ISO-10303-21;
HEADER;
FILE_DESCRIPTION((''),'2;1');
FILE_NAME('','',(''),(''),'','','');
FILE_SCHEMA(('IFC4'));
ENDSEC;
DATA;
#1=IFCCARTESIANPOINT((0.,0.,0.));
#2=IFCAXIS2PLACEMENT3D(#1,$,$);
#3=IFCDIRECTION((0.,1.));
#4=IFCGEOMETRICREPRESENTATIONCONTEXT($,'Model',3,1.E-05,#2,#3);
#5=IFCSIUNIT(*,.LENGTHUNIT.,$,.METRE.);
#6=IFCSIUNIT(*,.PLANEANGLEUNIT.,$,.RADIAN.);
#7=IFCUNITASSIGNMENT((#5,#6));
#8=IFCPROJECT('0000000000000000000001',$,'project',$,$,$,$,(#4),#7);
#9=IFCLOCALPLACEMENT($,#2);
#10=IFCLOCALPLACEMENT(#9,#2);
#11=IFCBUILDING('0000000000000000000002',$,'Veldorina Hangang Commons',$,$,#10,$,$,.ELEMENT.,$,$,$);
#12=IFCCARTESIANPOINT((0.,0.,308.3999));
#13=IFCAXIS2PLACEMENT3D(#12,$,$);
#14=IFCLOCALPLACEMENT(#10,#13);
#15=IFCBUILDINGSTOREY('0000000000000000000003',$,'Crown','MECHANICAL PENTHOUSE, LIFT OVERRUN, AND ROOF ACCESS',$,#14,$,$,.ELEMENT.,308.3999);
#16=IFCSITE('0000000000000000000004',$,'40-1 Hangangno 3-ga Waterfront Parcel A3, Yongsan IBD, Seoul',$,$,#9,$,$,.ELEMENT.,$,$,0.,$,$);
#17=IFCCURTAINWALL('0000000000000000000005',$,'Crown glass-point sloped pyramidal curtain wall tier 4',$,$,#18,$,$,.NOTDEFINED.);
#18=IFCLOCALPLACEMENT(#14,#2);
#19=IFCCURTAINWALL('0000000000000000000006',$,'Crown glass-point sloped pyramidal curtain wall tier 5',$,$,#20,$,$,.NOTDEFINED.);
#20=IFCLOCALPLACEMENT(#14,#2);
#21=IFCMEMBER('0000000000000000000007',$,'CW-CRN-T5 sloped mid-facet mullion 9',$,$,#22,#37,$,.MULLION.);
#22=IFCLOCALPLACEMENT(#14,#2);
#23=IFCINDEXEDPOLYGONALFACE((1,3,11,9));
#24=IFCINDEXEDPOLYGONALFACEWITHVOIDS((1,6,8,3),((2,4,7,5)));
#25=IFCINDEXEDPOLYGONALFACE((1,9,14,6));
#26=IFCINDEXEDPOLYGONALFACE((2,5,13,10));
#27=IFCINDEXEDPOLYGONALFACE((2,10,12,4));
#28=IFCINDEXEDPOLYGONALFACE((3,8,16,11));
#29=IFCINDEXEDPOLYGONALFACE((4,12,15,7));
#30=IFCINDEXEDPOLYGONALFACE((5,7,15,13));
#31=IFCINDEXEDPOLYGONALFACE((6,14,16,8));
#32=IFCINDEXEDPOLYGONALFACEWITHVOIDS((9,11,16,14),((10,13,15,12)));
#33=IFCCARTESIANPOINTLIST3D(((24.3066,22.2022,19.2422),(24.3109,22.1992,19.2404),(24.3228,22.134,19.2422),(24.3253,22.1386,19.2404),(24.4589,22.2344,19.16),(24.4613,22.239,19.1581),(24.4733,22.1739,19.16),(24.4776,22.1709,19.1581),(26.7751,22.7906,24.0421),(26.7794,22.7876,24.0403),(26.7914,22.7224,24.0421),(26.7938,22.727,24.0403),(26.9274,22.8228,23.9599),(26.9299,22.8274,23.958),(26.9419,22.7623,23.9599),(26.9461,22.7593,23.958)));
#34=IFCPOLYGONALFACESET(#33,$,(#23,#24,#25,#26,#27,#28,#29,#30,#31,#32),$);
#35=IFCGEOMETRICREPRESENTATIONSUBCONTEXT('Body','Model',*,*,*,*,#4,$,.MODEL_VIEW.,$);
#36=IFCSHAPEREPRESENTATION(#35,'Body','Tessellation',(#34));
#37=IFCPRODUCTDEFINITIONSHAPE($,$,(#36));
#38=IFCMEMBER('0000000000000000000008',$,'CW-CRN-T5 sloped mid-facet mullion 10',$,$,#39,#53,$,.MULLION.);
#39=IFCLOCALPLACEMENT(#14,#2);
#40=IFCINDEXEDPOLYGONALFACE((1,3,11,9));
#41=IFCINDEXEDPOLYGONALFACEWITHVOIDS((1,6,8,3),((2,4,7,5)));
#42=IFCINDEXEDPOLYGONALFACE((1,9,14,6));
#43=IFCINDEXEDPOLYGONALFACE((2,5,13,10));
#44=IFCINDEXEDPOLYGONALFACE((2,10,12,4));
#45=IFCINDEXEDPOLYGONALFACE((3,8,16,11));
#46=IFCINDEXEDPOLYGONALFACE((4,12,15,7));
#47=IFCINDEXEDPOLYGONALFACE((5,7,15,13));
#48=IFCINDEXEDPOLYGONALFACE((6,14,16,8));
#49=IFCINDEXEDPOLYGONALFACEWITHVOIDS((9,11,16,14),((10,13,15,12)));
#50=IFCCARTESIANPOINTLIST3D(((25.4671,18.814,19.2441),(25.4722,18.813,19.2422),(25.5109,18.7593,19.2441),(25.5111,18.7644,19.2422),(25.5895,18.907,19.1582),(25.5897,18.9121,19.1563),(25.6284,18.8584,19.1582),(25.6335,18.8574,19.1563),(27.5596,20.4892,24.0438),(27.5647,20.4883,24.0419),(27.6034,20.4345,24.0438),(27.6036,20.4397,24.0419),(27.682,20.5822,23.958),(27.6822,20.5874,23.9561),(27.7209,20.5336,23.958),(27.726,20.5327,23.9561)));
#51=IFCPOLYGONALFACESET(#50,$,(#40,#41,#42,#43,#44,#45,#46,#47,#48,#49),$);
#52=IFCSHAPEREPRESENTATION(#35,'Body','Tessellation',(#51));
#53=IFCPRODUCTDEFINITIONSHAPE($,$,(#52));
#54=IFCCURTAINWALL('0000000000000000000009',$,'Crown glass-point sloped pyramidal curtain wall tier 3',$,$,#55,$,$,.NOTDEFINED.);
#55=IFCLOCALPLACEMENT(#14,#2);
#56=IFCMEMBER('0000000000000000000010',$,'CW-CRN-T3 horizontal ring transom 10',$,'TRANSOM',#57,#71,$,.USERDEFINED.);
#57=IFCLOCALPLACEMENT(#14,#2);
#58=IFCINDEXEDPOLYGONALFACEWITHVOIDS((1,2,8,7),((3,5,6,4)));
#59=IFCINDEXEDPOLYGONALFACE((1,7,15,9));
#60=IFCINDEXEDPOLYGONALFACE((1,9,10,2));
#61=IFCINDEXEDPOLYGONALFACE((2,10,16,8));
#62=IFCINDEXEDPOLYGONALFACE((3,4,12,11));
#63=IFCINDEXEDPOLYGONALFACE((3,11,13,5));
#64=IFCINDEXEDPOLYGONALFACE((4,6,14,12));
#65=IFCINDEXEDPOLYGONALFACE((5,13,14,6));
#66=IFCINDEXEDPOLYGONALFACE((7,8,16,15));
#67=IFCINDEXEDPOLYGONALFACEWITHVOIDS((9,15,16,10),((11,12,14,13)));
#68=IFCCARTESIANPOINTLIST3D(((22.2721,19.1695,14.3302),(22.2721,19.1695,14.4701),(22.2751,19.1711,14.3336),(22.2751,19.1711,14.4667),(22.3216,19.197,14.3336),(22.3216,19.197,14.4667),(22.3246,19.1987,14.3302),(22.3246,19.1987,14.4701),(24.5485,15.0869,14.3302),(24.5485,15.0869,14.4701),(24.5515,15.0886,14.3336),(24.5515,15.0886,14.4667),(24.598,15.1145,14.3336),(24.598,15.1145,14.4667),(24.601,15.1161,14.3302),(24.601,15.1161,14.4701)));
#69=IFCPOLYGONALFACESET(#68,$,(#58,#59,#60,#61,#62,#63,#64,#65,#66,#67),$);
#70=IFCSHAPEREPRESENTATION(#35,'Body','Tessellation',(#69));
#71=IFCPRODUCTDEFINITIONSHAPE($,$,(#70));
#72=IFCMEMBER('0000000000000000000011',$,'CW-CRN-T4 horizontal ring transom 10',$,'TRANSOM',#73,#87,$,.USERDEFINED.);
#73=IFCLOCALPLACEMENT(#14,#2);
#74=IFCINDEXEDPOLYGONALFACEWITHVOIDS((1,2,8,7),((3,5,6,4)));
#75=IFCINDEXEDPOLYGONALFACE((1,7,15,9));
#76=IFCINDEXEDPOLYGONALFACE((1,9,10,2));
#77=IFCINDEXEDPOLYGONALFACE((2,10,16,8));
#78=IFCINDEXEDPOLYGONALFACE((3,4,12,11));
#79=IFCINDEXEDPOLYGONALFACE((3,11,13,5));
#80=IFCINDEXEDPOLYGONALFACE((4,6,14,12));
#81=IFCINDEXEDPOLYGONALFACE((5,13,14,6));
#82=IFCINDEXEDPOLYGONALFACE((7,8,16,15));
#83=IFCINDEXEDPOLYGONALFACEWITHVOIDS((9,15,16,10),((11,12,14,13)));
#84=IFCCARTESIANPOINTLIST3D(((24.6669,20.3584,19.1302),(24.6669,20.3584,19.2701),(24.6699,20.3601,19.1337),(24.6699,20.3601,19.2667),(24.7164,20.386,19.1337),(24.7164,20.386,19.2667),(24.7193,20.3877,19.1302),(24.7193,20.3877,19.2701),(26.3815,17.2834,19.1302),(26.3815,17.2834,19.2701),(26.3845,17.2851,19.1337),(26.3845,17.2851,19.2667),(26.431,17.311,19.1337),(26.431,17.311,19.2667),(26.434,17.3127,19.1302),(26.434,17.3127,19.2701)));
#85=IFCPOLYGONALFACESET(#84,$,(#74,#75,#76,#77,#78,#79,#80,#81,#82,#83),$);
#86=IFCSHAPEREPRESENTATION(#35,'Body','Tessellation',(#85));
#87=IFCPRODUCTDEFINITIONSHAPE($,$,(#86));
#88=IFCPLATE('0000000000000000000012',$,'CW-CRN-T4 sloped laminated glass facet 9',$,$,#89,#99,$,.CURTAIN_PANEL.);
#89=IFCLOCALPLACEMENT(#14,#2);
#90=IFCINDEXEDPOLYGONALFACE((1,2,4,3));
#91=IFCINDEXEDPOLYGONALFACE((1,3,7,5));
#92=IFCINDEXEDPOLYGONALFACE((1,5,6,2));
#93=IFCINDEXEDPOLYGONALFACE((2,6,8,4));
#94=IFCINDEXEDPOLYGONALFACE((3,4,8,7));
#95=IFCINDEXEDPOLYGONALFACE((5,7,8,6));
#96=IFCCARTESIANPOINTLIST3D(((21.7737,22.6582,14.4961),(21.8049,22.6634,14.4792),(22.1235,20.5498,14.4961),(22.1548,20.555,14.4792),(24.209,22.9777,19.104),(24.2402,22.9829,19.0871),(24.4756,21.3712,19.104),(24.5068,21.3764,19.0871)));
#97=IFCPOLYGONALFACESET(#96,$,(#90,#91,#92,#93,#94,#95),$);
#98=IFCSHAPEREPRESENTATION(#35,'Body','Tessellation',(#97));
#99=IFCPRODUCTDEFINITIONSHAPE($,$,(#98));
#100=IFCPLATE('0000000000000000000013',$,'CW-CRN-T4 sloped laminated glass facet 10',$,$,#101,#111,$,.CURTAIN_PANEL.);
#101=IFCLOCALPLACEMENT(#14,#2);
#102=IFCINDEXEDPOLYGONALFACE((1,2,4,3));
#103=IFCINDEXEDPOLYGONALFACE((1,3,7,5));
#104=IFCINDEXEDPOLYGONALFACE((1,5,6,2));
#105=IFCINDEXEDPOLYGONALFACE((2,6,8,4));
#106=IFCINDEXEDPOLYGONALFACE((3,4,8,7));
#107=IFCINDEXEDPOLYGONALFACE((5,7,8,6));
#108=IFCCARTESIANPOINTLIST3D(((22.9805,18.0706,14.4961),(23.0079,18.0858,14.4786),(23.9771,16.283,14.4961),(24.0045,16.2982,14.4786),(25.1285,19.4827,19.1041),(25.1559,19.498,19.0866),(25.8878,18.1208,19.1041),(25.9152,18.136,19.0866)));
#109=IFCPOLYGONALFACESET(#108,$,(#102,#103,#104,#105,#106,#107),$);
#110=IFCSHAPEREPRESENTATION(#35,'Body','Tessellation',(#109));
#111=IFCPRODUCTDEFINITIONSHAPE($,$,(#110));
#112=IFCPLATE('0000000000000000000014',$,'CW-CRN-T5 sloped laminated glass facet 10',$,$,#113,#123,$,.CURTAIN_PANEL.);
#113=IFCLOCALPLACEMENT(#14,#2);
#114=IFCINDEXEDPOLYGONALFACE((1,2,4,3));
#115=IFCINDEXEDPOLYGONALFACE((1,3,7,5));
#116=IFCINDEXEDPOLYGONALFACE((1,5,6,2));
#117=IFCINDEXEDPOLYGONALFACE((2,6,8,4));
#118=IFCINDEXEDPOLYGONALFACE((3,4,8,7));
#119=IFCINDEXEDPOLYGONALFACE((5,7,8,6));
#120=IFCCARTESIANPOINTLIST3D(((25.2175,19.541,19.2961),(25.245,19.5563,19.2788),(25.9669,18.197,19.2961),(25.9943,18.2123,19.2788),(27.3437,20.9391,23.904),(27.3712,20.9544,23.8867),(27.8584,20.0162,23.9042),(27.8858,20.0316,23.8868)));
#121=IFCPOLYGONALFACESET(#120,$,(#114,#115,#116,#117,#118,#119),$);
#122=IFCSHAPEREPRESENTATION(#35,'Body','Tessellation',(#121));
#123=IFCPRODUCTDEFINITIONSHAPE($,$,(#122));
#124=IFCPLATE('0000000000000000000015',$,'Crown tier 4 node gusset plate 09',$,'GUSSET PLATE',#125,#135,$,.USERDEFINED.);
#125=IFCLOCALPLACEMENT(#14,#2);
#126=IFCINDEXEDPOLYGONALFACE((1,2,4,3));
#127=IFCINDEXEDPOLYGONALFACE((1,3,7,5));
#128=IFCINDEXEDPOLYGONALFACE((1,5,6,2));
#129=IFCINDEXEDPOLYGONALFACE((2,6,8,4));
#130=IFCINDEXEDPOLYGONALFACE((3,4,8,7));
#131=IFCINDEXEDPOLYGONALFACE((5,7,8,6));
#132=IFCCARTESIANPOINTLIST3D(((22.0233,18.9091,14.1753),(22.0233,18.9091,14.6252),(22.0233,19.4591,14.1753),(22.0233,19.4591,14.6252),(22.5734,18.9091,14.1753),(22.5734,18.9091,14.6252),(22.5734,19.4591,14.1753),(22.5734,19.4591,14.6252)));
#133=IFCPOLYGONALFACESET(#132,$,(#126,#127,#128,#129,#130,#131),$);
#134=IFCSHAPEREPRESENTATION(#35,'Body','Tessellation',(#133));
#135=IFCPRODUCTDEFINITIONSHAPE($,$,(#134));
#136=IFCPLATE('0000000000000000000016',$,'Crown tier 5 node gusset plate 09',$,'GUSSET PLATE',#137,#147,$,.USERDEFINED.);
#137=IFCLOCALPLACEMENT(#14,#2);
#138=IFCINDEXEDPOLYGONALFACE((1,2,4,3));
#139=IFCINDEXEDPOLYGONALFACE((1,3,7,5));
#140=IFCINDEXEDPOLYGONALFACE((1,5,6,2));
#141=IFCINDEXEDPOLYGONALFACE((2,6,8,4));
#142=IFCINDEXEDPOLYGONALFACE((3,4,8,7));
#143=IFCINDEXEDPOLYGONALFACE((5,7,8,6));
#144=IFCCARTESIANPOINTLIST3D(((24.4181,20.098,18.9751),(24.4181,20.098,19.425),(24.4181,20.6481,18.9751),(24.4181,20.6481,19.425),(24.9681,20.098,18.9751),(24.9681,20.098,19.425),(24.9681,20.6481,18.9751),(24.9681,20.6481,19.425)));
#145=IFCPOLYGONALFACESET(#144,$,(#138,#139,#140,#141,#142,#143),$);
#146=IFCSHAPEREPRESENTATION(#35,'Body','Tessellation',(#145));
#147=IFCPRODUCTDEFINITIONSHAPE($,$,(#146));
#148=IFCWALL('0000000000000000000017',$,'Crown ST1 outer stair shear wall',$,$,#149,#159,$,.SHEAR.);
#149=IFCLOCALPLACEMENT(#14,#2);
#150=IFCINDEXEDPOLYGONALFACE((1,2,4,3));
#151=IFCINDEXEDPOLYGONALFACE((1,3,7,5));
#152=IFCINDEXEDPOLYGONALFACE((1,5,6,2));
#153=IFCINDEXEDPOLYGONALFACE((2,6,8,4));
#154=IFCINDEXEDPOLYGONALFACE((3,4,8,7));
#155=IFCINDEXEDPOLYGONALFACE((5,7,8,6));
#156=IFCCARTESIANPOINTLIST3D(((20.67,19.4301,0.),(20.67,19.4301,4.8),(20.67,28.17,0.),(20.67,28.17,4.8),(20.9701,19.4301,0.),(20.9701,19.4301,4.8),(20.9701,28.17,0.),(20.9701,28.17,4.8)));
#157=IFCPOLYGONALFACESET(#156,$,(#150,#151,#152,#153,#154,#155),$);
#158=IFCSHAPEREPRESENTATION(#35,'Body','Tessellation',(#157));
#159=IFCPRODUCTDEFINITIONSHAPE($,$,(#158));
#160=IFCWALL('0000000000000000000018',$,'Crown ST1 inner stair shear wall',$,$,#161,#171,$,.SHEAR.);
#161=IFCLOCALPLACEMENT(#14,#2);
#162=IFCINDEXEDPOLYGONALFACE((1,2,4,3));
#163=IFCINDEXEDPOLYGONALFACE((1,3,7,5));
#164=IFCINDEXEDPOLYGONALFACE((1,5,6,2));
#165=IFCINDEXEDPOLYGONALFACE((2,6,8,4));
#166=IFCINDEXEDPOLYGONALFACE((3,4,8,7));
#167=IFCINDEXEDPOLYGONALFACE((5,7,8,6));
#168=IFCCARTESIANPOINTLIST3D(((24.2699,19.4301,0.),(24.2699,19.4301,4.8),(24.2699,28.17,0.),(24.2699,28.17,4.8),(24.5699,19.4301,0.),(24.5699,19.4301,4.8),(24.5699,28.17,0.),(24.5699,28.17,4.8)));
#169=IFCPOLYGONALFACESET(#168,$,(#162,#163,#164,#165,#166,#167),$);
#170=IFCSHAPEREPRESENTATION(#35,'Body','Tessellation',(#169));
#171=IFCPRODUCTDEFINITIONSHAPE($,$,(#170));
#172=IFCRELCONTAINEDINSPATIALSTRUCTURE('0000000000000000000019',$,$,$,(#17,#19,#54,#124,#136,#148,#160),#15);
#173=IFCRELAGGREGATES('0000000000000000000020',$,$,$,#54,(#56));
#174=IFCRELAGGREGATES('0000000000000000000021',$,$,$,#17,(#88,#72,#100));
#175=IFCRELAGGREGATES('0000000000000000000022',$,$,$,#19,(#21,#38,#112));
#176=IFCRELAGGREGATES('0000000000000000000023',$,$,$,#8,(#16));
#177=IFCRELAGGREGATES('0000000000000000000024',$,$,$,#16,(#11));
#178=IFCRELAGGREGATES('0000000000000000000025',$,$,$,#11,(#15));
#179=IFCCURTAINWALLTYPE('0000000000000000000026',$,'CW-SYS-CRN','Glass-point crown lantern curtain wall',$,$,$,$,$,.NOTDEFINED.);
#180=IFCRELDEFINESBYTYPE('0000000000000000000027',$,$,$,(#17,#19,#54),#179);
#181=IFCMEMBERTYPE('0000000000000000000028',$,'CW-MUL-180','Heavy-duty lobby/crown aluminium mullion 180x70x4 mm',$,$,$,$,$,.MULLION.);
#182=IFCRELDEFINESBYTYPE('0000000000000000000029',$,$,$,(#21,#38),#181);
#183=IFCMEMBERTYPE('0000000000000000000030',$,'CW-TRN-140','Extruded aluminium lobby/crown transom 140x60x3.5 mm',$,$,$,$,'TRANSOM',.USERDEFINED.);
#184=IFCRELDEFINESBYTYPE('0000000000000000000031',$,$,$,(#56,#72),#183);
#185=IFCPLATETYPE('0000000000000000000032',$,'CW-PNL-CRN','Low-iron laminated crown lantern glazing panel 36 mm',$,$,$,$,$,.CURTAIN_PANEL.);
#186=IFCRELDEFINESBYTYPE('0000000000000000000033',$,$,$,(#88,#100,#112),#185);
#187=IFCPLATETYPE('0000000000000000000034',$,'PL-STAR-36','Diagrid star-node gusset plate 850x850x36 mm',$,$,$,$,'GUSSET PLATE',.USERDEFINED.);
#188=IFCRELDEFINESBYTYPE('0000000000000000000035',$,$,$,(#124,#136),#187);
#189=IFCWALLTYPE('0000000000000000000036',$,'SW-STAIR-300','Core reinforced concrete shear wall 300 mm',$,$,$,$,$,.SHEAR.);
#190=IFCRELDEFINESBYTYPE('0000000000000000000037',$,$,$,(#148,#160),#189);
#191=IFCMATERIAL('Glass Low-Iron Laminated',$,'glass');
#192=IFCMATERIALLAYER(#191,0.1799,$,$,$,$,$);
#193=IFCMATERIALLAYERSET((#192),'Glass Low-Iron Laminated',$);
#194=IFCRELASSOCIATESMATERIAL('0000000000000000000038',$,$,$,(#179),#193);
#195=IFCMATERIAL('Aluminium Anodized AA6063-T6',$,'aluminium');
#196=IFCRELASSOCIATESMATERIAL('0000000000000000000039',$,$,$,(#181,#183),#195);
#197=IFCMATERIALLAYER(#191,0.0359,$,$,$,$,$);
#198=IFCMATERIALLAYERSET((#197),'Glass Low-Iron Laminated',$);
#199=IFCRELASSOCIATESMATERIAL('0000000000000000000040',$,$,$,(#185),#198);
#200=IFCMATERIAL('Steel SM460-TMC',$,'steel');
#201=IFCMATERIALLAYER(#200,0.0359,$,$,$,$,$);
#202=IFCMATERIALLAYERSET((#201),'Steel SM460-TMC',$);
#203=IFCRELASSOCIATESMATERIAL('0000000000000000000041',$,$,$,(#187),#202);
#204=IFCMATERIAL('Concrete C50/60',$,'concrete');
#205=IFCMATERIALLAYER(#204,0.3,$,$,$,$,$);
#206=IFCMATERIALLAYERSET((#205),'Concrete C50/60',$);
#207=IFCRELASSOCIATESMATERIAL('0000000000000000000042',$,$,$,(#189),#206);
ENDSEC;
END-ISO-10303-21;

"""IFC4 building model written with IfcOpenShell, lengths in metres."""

from ifc_helpers import new_model, si_unit, direction, frame, frame_2d, origin, origin_2d, place, context, subcontext, project, spatial, polyline, rectangle, hollow_rectangle, outline, extrude, material, layer, layer_set, material_profile, profile_set, type_object, element, aggregate, save


model = new_model("IFC4")

# Units and contexts
model_context = context("Model", 3, precision=1e-05, world=origin(), true_north=direction((0.0, 1.0)))
body_context = subcontext(model_context, "Body", "Model", "MODEL_VIEW")
ifc_project = project(units=[si_unit("LENGTHUNIT", "METRE"), si_unit("PLANEANGLEUNIT", "RADIAN")], contexts=[model_context])

# Site, building, storey
site_placement = place(None, origin())
site = spatial("IfcSite", under=ifc_project, at=site_placement, Name="40-1 Hangangno 3-ga Waterfront Parcel A3, Yongsan IBD, Seoul", CompositionType="ELEMENT", RefElevation=0.0)
building_placement = place(site_placement, origin())
building = spatial("IfcBuilding", under=site, at=building_placement, Name="Veldorina Hangang Commons", CompositionType="ELEMENT")
storey_placement = place(building_placement, frame((0.0, 0.0, 308.3999)))
storey = spatial("IfcBuildingStorey", under=building, at=storey_placement, Name="Crown", Description="MECHANICAL PENTHOUSE, LIFT OVERRUN, AND ROOF ACCESS", CompositionType="ELEMENT", Elevation=308.3999)

# Shared definitions
ifc_material_1 = material(Name="Concrete C50/60", Category="concrete")
ifc_material_2 = material(Name="Steel SM460-TMC", Category="steel")

# Curtain walls, members
ifc_material_3 = material(Name="Glass Low-Iron Laminated", Category="glass")
ifc_layer_1 = layer(ifc_material_3, 0.1799)
ifc_layer_set_1 = layer_set([ifc_layer_1], Name="Glass Low-Iron Laminated")
curtain_wall_type = type_object("IfcCurtainWallType", Name="CW-SYS-CRN", Description="Glass-point crown lantern curtain wall", PredefinedType="NOTDEFINED", material=ifc_layer_set_1)
curtain_wall_1_placement = place(storey_placement, origin())
curtain_wall_1 = element("IfcCurtainWall", 1, at=curtain_wall_1_placement, inside=storey, type_object=curtain_wall_type, Name="Crown glass-point sloped pyramidal curtain wall tier 4", PredefinedType="NOTDEFINED")
ifc_material_4 = material(Name="Aluminium Anodized AA6063-T6", Category="aluminium")
ifc_material_profile_1 = material_profile(ifc_material_4, hollow_rectangle(XDim=0.0701, YDim=0.1799, WallThickness=0.0039, at=origin_2d()), Name="ALU-RHS-180x70x4")
ifc_profile_set_1 = profile_set([ifc_material_profile_1], Name="Aluminium Anodized AA6063-T6")
member_type_1 = type_object("IfcMemberType", Name="CW-MUL-180", Description="Heavy-duty lobby/crown aluminium mullion 180x70x4 mm", PredefinedType="MULLION", material=ifc_profile_set_1)
curtain_wall_2_placement = place(storey_placement, origin())
curtain_wall_2 = element("IfcCurtainWall", 2, at=curtain_wall_2_placement, inside=storey, type_object=curtain_wall_type, Name="Crown glass-point sloped pyramidal curtain wall tier 5", PredefinedType="NOTDEFINED")
member_1_placement = place(storey_placement, frame((24.3921, 22.1865, 19.2002), z_axis=(0.45466, 0.10837, 0.884048), x_axis=(-0.231859, 0.972749, 0.0)))
member_1 = element("IfcMember", 3, at=member_1_placement, type_object=member_type_1, Name="CW-CRN-T5 sloped mid-facet mullion 9", PredefinedType="MULLION", context=body_context, shape_type="SweptSolid", body=[
    extrude(hollow_rectangle(XDim=0.0701, YDim=0.1799, WallThickness=0.0039, at=origin_2d()), origin(), (0.0, 0.0, 1.0), 5.4294),
])
member_2_placement = place(storey_placement, frame((25.5503, 18.8357, 19.2002), z_axis=(0.380627, 0.304733, 0.873076), x_axis=(-0.624984, 0.780638, 0.0)))
member_2 = element("IfcMember", 4, at=member_2_placement, type_object=member_type_1, Name="CW-CRN-T5 sloped mid-facet mullion 10", PredefinedType="MULLION", context=body_context, shape_type="SweptSolid", body=[
    extrude(hollow_rectangle(XDim=0.0701, YDim=0.1799, WallThickness=0.0039, at=origin_2d()), origin(), (0.0, 0.0, 1.0), 5.4976),
])

# Curtain wall, member
curtain_wall_3_placement = place(storey_placement, origin())
curtain_wall_3 = element("IfcCurtainWall", 5, at=curtain_wall_3_placement, inside=storey, type_object=curtain_wall_type, Name="Crown glass-point sloped pyramidal curtain wall tier 3", PredefinedType="NOTDEFINED")
ifc_material_profile_2 = material_profile(ifc_material_4, hollow_rectangle(XDim=0.0601, YDim=0.1399, WallThickness=0.0034, at=origin_2d()), Name="ALU-RHS-140x60x3.5")
ifc_profile_set_2 = profile_set([ifc_material_profile_2], Name="Aluminium Anodized AA6063-T6")
member_type_2 = type_object("IfcMemberType", Name="CW-TRN-140", Description="Extruded aluminium lobby/crown transom 140x60x3.5 mm", ElementType="TRANSOM", PredefinedType="USERDEFINED", material=ifc_profile_set_2)
member_3_placement = place(storey_placement, frame((22.2983, 19.1841, 14.4001), z_axis=(0.486999, -0.873402, 0.0), x_axis=(0.873402, 0.486999, 0.0)))
member_3 = element("IfcMember", 6, at=member_3_placement, type_object=member_type_2, Name="CW-CRN-T3 horizontal ring transom 10", ObjectType="TRANSOM", PredefinedType="USERDEFINED", context=body_context, shape_type="SweptSolid", body=[
    extrude(hollow_rectangle(XDim=0.0601, YDim=0.1399, WallThickness=0.0034, at=origin_2d()), origin(), (0.0, 0.0, 1.0), 4.6743),
])
aggregate(curtain_wall_3, [member_3])

# Member
member_4_placement = place(storey_placement, frame((24.6931, 20.373, 19.2002), z_axis=(0.487008, -0.873397, 0.0), x_axis=(0.873397, 0.487008, 0.0)))
member_4 = element("IfcMember", 7, at=member_4_placement, type_object=member_type_2, Name="CW-CRN-T4 horizontal ring transom 10", ObjectType="TRANSOM", PredefinedType="USERDEFINED", context=body_context, shape_type="SweptSolid", body=[
    extrude(hollow_rectangle(XDim=0.0601, YDim=0.1399, WallThickness=0.0034, at=origin_2d()), origin(), (0.0, 0.0, 1.0), 3.5208),
])

# Plates
ifc_layer_2 = layer(ifc_material_3, 0.0359)
ifc_layer_set_2 = layer_set([ifc_layer_2], Name="Glass Low-Iron Laminated")
plate_type_1 = type_object("IfcPlateType", Name="CW-PNL-CRN", Description="Low-iron laminated crown lantern glazing panel 36 mm", PredefinedType="CURTAIN_PANEL", material=ifc_layer_set_2)
plate_1_placement = place(storey_placement, frame((21.7737, 22.6582, 14.4961), z_axis=(-0.870666, -0.144482, 0.470176), x_axis=(0.163703, -0.98651, -0.000004)))
plate_1 = element("IfcPlate", 8, at=plate_1_placement, type_object=plate_type_1, Name="CW-CRN-T4 sloped laminated glass facet 9", PredefinedType="CURTAIN_PANEL", context=body_context, shape_type="SweptSolid", body=[
    extrude(outline(polyline([(0.0, 0.0), (2.1372, 0.0), (1.7119, 5.2209), (0.0835, 5.2209), (0.0, 0.0)])), origin(), (0.0, 0.0, -1.0), 0.0359),
])
plate_2_placement = place(storey_placement, frame((22.9805, 18.0706, 14.4961), z_axis=(-0.763247, -0.425525, 0.486193), x_axis=(0.48695, -0.87343, -0.000007)))
plate_2 = element("IfcPlate", 9, at=plate_2_placement, type_object=plate_type_1, Name="CW-CRN-T4 sloped laminated glass facet 10", PredefinedType="CURTAIN_PANEL", context=body_context, shape_type="SweptSolid", body=[
    extrude(outline(polyline([(0.0, 0.0), (2.0466, 0.0), (1.3718, 5.2732), (-0.1875, 5.2732), (0.0, 0.0)])), origin(), (0.0, 0.0, -1.0), 0.0359),
])
aggregate(curtain_wall_1, [plate_1, member_4, plate_2])
plate_3_placement = place(storey_placement, frame((25.2175, 19.541, 19.2961), z_axis=(-0.765045, -0.426563, 0.482441), x_axis=(0.486973, -0.873417, -0.000023)))
plate_3 = element("IfcPlate", 10, at=plate_3_placement, type_object=plate_type_1, Name="CW-CRN-T5 sloped laminated glass facet 10", PredefinedType="CURTAIN_PANEL", context=body_context, shape_type="SweptSolid", body=[
    extrude(outline(polyline([(0.0, 0.0), (1.5388, 0.0), (0.8708, 5.2607), (-0.1858, 5.2605), (0.0, 0.0)])), origin(), (0.0, 0.0, -1.0), 0.0359),
])
aggregate(curtain_wall_2, [member_1, member_2, plate_3])

# Plates
ifc_layer_3 = layer(ifc_material_2, 0.0359)
ifc_layer_set_3 = layer_set([ifc_layer_3], Name="Steel SM460-TMC")
plate_type_2 = type_object("IfcPlateType", Name="PL-STAR-36", Description="Diagrid star-node gusset plate 850x850x36 mm", ElementType="GUSSET PLATE", PredefinedType="USERDEFINED", material=ifc_layer_set_3)
for number, where, z_axis, x_axis, name in (
    (11, (22.2983, 19.1841, 14.1753), (0.0, 0.0, 1.0), (1.0, 0.0, 0.0), "Crown tier 4 node gusset plate 09"),
    (12, (24.6931, 20.373, 18.9751), (0.0, 0.0, 1.0), (1.0, 0.0, 0.0), "Crown tier 5 node gusset plate 09"),
):
    element("IfcPlate", number, at=place(storey_placement, frame(where, z_axis=z_axis, x_axis=x_axis)), inside=storey, type_object=plate_type_2, Name=name, ObjectType="GUSSET PLATE", PredefinedType="USERDEFINED", context=body_context, shape_type="SweptSolid", body=[
        extrude(rectangle(XDim=0.55, YDim=0.55, at=origin_2d()), origin(), (0.0, 0.0, 1.0), 0.45),
    ])

# Walls
ifc_layer_4 = layer(ifc_material_1, 0.3)
ifc_layer_set_4 = layer_set([ifc_layer_4], Name="Concrete C50/60")
wall_type = type_object("IfcWallType", Name="SW-STAIR-300", Description="Core reinforced concrete shear wall 300 mm", PredefinedType="SHEAR", material=ifc_layer_set_4)
for number, where, z_axis, x_axis, name in (
    (13, (20.8201, 19.4299, 0.0), (0.0, 0.0, 1.0), (0.0, 1.0, 0.0), "Crown ST1 outer stair shear wall"),
    (14, (24.4199, 19.4299, 0.0), (0.0, 0.0, 1.0), (0.0, 1.0, 0.0), "Crown ST1 inner stair shear wall"),
):
    element("IfcWall", number, at=place(storey_placement, frame(where, z_axis=z_axis, x_axis=x_axis)), inside=storey, type_object=wall_type, Name=name, PredefinedType="SHEAR", context=body_context, shape_type="SweptSolid", body=[
        extrude(rectangle(XDim=8.74, YDim=0.3, at=frame_2d((4.3701, 0.0))), origin(), (0.0, 0.0, 1.0), 4.8),
    ])

save(model, "model.ifc")
